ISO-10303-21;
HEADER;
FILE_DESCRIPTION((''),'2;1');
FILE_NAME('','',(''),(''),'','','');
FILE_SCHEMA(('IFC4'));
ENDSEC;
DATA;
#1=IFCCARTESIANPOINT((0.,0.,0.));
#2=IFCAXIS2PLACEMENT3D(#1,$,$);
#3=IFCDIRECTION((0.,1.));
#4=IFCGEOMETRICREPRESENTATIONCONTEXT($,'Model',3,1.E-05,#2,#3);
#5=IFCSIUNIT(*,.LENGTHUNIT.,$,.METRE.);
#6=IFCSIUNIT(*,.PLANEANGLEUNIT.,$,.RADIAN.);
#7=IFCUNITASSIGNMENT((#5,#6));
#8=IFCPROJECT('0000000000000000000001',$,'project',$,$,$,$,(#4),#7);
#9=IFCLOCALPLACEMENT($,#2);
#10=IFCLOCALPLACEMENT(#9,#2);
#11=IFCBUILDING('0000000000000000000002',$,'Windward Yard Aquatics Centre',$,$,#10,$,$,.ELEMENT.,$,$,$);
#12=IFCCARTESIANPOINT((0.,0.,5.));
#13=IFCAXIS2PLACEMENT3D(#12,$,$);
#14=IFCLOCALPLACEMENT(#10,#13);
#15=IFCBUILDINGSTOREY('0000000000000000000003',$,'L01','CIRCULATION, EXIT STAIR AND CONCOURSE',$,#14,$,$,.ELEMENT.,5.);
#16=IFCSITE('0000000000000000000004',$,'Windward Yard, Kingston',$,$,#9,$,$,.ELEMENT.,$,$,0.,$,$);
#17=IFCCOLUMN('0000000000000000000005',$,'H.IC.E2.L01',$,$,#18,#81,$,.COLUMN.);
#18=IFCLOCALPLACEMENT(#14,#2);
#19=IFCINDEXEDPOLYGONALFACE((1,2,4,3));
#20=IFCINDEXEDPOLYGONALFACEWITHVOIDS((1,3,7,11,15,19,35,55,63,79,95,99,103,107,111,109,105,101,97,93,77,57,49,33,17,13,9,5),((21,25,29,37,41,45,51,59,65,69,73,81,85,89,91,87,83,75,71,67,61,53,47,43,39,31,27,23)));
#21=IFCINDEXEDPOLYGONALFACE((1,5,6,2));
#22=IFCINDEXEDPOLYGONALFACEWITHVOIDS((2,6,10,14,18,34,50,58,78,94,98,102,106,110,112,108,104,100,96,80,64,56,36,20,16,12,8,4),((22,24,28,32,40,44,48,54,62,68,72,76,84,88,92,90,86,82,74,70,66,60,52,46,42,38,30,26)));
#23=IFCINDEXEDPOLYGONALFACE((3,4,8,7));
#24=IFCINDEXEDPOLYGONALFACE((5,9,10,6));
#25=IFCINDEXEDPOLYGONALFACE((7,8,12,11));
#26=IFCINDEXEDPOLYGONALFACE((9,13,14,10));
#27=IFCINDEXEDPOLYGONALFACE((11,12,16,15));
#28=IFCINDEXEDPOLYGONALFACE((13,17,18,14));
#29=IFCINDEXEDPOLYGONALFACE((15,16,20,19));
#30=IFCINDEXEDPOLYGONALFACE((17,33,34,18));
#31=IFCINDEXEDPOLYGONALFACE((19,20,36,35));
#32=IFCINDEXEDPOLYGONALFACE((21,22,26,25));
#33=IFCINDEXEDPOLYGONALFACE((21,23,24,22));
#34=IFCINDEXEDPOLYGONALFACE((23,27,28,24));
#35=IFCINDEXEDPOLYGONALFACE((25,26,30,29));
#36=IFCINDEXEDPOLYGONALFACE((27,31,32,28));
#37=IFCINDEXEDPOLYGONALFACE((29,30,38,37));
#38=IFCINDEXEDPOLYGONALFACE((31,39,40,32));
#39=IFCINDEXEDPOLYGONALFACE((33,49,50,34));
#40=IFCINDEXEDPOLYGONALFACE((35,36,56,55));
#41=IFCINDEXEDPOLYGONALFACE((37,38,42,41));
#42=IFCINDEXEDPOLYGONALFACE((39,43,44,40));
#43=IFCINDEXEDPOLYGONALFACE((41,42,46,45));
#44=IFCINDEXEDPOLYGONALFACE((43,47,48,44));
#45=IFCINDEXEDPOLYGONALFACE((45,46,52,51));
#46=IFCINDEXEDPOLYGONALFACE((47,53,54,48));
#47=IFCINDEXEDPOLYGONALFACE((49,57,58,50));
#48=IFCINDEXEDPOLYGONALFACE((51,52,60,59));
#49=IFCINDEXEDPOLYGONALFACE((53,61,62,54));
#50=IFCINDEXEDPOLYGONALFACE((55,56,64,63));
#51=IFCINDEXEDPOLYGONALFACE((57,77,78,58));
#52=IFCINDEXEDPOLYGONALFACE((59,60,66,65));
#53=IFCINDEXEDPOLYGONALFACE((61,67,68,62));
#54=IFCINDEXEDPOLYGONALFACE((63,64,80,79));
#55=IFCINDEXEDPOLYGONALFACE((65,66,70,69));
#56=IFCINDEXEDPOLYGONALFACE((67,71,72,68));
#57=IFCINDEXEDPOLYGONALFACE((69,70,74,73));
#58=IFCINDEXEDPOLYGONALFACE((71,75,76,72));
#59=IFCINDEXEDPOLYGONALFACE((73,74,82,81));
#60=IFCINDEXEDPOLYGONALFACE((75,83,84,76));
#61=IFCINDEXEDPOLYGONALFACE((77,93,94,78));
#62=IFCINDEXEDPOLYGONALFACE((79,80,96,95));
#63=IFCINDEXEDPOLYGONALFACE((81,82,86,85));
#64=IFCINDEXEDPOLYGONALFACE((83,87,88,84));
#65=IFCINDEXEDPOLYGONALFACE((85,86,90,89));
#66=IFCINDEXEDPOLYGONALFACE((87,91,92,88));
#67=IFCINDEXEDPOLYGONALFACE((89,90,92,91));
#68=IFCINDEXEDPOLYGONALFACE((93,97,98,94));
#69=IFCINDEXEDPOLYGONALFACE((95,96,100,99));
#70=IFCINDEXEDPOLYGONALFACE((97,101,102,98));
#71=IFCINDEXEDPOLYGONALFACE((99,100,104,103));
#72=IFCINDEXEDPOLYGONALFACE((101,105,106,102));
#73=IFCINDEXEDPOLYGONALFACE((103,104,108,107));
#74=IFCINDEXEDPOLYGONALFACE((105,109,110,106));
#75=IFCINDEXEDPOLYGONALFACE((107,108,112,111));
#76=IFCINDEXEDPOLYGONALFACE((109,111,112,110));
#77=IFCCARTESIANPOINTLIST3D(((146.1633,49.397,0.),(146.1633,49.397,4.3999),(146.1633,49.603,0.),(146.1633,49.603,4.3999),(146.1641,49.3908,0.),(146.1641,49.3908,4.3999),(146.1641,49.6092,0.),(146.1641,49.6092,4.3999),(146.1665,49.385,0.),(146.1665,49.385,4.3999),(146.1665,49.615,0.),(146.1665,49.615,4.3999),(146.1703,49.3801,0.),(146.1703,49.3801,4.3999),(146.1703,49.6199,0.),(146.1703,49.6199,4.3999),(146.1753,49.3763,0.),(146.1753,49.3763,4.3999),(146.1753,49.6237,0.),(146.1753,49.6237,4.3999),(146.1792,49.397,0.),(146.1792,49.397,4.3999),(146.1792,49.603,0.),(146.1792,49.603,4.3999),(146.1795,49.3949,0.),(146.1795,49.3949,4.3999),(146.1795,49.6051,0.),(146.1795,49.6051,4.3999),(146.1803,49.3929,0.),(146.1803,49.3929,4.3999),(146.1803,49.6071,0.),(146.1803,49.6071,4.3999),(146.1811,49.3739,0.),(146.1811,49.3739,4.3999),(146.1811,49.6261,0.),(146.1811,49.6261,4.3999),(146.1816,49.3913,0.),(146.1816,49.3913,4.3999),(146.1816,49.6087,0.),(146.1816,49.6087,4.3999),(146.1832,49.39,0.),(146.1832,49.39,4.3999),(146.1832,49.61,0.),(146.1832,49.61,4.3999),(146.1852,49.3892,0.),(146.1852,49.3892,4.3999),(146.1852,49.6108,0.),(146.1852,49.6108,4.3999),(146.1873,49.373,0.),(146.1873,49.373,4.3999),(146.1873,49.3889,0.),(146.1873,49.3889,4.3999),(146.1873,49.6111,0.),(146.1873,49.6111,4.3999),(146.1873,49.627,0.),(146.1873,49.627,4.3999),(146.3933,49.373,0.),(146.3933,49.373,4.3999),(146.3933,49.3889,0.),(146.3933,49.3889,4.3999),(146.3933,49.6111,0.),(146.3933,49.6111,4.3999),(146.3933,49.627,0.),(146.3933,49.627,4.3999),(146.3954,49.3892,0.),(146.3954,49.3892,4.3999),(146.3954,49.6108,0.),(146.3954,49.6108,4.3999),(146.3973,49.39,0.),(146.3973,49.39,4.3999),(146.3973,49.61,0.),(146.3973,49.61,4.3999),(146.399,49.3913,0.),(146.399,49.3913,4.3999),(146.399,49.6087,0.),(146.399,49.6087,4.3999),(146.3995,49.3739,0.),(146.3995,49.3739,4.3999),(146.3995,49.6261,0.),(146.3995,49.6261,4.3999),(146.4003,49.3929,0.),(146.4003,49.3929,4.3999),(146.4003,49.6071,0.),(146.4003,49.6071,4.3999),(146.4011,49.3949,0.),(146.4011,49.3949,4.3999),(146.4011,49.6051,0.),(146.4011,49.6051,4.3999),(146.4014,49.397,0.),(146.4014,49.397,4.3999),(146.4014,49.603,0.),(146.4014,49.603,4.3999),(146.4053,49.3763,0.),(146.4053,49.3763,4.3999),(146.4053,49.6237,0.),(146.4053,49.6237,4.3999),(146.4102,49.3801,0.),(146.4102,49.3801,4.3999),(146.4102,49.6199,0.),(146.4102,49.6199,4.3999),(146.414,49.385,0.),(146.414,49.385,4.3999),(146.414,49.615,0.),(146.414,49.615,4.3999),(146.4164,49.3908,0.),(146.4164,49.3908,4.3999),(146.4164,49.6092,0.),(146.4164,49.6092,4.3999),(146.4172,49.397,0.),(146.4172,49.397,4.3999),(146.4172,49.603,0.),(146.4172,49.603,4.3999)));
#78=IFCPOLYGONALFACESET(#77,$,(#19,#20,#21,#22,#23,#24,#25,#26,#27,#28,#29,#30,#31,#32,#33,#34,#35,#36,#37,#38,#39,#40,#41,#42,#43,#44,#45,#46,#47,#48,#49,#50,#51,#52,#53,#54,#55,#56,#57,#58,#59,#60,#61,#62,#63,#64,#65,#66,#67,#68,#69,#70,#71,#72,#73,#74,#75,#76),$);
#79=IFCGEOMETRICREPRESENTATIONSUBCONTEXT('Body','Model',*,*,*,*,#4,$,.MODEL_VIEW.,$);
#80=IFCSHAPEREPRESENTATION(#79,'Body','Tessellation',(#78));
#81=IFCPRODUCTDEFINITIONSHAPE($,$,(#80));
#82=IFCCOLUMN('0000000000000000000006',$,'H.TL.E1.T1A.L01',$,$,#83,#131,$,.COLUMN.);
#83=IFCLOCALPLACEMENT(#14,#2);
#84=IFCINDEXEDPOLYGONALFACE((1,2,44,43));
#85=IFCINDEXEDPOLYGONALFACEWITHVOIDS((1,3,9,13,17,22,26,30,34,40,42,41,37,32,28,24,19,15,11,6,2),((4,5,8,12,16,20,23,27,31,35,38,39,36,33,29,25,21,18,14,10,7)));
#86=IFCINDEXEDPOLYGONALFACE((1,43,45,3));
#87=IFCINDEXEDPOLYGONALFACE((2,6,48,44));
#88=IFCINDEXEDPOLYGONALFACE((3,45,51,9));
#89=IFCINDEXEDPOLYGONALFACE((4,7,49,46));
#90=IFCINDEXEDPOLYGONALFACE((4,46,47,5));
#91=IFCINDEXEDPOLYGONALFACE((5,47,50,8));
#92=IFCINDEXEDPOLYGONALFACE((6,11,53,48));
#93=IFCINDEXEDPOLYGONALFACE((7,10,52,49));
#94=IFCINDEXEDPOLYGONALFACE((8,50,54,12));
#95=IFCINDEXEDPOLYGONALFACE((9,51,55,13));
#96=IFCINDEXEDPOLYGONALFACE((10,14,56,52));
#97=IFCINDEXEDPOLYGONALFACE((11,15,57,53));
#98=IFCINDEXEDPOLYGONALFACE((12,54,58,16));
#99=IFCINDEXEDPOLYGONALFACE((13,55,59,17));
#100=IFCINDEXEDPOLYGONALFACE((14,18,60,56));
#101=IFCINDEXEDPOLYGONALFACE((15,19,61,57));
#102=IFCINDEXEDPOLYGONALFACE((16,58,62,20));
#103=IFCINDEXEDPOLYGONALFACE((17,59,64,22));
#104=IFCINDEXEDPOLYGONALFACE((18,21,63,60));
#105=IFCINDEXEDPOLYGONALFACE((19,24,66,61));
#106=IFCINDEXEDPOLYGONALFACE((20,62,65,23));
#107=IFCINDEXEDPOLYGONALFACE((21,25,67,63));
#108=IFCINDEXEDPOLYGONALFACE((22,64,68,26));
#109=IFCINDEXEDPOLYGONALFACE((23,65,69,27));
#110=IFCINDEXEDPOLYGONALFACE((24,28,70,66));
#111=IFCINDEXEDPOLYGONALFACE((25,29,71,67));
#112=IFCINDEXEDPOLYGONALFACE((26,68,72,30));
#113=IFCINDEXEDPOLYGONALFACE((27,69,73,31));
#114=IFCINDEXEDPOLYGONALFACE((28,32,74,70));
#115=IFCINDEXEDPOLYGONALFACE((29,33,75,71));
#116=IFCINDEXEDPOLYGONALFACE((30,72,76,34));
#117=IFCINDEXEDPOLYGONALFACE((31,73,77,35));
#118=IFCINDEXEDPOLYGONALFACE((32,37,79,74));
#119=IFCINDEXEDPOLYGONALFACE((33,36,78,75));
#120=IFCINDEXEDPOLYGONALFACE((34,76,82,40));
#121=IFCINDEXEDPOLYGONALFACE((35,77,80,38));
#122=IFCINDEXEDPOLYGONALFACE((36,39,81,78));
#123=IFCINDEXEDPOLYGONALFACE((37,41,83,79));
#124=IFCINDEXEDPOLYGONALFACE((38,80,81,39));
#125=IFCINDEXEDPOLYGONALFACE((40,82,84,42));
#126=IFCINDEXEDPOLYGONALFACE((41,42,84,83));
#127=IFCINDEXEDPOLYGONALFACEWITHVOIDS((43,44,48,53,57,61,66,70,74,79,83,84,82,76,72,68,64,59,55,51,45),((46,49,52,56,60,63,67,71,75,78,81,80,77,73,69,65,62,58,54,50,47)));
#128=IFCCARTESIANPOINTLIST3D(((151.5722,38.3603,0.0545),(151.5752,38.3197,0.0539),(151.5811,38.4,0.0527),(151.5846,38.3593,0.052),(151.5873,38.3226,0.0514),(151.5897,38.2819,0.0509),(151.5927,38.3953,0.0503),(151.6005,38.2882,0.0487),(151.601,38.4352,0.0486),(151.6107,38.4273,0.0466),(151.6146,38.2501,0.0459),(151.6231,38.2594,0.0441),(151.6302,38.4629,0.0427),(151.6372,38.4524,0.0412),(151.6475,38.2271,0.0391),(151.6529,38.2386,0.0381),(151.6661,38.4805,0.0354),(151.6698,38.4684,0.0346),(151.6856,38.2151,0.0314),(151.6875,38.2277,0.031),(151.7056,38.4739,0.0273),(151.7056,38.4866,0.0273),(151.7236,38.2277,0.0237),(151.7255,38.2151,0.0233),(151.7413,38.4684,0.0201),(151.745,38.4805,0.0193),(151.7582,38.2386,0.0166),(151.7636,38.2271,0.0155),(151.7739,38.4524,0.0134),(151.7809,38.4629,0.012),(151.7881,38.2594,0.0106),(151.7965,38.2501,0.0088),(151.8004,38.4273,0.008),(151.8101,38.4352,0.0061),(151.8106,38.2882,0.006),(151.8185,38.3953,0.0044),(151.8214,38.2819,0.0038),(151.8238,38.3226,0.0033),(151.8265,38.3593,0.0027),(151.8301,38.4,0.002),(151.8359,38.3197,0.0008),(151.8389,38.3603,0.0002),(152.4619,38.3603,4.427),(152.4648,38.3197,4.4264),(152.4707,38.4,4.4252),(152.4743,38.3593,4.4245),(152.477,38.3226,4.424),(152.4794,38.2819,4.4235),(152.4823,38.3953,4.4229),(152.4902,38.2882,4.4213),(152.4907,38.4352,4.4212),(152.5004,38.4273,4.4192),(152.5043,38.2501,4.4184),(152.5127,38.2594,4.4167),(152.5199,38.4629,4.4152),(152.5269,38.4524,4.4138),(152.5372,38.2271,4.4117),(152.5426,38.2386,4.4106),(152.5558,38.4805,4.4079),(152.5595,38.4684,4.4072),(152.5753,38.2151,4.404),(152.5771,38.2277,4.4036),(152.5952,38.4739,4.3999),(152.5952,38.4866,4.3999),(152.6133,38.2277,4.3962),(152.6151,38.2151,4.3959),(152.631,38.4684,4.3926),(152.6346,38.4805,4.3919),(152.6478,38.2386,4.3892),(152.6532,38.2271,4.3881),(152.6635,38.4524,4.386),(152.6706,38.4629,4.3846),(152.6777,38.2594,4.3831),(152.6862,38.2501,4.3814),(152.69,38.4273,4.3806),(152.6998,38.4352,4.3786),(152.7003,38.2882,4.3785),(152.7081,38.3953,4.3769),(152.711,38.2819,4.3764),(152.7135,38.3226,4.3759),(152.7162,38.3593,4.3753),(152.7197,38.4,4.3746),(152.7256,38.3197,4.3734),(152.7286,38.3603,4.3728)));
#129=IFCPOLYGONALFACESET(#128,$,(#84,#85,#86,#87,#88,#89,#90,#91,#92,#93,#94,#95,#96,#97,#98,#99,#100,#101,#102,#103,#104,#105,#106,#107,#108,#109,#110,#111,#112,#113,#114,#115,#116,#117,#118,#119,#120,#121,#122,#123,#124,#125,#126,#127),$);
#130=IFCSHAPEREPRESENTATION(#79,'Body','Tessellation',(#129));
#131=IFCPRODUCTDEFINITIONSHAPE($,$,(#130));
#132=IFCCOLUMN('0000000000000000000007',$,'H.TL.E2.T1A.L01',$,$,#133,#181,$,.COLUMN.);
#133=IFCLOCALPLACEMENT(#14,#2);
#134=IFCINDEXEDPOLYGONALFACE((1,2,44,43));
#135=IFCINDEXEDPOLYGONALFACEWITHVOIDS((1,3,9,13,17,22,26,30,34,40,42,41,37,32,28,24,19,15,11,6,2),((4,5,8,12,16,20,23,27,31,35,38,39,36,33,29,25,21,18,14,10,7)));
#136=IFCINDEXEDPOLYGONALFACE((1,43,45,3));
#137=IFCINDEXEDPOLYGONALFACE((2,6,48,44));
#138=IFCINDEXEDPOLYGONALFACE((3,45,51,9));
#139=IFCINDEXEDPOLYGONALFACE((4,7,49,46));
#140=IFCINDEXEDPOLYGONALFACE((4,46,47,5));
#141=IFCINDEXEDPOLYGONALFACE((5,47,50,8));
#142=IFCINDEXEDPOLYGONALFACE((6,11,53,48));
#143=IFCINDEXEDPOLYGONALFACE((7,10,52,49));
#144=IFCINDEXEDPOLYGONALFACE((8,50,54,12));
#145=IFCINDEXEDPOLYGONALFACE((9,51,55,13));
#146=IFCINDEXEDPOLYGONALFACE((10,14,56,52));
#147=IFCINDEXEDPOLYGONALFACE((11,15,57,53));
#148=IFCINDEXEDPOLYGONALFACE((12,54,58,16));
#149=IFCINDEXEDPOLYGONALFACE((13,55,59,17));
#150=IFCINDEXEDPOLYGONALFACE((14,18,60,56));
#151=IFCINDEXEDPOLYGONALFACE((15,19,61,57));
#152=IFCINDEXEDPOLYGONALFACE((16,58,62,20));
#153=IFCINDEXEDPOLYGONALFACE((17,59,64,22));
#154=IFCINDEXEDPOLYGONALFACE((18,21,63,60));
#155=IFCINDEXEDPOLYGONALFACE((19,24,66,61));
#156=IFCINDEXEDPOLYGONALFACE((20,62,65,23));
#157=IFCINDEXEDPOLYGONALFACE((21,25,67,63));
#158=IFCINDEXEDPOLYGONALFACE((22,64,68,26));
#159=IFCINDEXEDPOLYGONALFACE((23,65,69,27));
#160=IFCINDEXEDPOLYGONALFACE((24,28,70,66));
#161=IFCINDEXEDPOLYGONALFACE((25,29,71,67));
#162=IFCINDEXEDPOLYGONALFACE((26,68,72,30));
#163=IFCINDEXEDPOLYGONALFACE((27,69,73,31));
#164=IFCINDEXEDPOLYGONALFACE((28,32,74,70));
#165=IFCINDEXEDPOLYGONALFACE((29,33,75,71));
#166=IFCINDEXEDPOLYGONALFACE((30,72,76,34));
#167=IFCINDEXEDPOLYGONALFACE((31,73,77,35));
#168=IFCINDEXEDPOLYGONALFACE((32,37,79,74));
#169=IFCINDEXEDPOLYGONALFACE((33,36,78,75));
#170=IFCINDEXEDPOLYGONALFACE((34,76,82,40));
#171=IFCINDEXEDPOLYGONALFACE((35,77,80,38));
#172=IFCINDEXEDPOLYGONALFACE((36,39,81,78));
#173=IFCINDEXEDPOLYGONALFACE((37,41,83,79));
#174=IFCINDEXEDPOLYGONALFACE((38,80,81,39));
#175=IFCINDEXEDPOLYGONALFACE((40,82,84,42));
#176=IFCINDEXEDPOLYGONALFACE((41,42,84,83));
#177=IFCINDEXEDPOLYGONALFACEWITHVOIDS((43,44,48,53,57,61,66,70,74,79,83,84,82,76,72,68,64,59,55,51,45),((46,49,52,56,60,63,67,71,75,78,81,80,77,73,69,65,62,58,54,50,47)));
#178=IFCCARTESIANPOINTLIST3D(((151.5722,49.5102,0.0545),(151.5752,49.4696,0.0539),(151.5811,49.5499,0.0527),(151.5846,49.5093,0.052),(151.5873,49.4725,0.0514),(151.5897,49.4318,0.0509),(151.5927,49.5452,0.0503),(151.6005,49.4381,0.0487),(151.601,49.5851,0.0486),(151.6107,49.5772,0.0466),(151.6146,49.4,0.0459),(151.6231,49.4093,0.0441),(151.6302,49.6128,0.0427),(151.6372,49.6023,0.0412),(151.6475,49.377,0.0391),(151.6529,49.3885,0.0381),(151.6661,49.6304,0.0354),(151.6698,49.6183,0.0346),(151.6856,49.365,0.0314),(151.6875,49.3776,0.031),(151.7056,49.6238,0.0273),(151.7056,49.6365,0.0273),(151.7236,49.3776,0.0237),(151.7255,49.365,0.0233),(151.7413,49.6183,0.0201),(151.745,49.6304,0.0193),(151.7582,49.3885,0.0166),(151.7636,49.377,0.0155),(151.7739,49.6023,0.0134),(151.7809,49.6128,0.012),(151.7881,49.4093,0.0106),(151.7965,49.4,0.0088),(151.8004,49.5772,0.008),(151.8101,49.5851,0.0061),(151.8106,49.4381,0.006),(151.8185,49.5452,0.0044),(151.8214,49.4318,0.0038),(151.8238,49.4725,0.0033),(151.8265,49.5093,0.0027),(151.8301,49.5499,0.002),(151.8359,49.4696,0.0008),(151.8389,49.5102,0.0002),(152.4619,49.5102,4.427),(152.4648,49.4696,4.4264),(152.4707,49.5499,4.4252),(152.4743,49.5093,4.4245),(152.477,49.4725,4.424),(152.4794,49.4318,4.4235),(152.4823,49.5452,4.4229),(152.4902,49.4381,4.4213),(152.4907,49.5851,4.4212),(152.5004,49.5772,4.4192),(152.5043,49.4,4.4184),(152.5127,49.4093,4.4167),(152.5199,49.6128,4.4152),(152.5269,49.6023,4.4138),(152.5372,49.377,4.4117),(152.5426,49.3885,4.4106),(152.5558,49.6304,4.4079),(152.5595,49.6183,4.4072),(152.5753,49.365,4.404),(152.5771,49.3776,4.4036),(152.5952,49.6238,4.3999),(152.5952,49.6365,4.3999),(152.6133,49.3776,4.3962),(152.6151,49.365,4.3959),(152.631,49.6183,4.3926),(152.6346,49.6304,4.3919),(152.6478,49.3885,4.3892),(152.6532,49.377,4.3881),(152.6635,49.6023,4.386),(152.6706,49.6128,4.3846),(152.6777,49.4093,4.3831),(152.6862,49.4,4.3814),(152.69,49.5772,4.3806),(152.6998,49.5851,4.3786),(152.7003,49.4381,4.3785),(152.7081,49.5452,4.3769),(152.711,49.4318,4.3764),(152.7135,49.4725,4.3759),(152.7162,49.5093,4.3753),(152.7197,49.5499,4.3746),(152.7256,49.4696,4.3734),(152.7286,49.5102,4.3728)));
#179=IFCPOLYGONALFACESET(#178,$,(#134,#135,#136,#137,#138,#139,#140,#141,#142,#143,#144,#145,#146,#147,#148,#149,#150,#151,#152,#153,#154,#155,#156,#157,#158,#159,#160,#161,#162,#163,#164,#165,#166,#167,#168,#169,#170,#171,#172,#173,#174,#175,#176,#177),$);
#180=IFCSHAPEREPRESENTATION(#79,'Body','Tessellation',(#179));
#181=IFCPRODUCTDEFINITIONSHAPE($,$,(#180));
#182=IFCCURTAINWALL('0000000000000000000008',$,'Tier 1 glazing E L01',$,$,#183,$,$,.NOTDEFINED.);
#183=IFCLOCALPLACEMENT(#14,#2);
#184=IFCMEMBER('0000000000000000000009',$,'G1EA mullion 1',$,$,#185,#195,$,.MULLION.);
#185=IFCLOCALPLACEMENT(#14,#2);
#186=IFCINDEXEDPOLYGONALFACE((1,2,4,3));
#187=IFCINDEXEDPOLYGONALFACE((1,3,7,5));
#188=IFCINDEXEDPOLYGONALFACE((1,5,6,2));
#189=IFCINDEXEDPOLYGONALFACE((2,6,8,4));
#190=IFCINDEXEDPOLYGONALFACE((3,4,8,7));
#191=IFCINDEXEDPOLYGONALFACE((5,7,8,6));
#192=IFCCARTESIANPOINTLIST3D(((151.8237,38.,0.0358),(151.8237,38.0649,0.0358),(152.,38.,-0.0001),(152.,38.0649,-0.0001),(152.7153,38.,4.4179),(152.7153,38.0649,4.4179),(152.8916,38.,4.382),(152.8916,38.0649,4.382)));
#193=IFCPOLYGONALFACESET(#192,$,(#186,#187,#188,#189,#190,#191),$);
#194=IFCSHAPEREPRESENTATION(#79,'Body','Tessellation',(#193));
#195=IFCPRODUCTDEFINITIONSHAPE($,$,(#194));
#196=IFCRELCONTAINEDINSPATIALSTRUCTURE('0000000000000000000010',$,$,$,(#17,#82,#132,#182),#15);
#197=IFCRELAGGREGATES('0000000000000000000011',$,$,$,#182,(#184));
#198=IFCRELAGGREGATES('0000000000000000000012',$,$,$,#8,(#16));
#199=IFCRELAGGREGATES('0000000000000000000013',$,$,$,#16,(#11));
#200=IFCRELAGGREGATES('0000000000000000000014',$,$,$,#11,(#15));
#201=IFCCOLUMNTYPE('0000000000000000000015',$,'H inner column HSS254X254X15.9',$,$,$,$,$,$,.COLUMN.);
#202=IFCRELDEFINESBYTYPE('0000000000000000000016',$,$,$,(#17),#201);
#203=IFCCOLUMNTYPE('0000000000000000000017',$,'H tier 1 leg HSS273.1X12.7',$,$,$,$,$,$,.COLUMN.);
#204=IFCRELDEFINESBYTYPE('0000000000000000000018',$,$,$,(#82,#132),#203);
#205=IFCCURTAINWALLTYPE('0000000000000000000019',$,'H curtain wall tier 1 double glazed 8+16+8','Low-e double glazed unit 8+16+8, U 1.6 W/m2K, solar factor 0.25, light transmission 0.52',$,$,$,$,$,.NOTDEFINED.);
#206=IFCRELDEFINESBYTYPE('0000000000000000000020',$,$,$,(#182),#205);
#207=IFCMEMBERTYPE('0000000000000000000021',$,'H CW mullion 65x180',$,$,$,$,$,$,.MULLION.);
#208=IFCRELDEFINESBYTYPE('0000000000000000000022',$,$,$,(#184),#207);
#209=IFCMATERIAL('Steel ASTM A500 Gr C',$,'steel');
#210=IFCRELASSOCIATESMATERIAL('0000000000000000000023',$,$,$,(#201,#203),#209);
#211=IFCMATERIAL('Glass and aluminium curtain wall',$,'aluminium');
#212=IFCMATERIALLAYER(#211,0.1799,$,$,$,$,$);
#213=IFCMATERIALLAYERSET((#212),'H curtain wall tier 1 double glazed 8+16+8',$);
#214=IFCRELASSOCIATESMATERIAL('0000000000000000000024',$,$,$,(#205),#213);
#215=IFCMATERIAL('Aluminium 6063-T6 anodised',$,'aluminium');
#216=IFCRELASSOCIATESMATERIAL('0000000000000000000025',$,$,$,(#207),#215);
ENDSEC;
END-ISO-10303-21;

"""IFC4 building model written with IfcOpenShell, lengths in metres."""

from ifc_helpers import new_model, si_unit, direction, frame, origin, origin_2d, place, context, subcontext, project, spatial, rectangle, hollow_rectangle, hollow_circle, extrude, material, layer, layer_set, material_profile, profile_set, type_object, element, aggregate, save


model = new_model("IFC4")

# Units and contexts
model_context = context("Model", 3, precision=1e-05, world=origin(), true_north=direction((0.0, 1.0)))
body_context = subcontext(model_context, "Body", "Model", "MODEL_VIEW")
ifc_project = project(units=[si_unit("LENGTHUNIT", "METRE"), si_unit("PLANEANGLEUNIT", "RADIAN")], contexts=[model_context])

# Site, building, storey
site_placement = place(None, origin())
site = spatial("IfcSite", under=ifc_project, at=site_placement, Name="Windward Yard, Kingston", CompositionType="ELEMENT", RefElevation=0.0)
building_placement = place(site_placement, origin())
building = spatial("IfcBuilding", under=site, at=building_placement, Name="Windward Yard Aquatics Centre", CompositionType="ELEMENT")
storey_placement = place(building_placement, frame((0.0, 0.0, 5.0)))
storey = spatial("IfcBuildingStorey", under=building, at=storey_placement, Name="L01", Description="CIRCULATION, EXIT STAIR AND CONCOURSE", CompositionType="ELEMENT", Elevation=5.0)

# Columns
ifc_material_1 = material(Name="Steel ASTM A500 Gr C", Category="steel")
ifc_material_profile_1 = material_profile(ifc_material_1, hollow_rectangle(XDim=0.2539, YDim=0.2539, WallThickness=0.0159, InnerFilletRadius=0.0081, OuterFilletRadius=0.0239, at=origin_2d()), Name="HSS254X254X15.9")
ifc_profile_set_1 = profile_set([ifc_material_profile_1], Name="Steel ASTM A500 Gr C")
column_type_1 = type_object("IfcColumnType", Name="H inner column HSS254X254X15.9", PredefinedType="COLUMN", material=ifc_profile_set_1)
column_placement = place(storey_placement, frame((146.2903, 49.5, 0.0), z_axis=(0.0, 0.0, 1.0), x_axis=(1.0, 0.0, 0.0)))
element("IfcColumn", 1, at=column_placement, inside=storey, type_object=column_type_1, Name="H.IC.E2.L01", PredefinedType="COLUMN", context=body_context, shape_type="SweptSolid", body=[
    extrude(hollow_rectangle(XDim=0.2539, YDim=0.2539, WallThickness=0.0159, InnerFilletRadius=0.0081, OuterFilletRadius=0.0239, at=origin_2d()), origin(), (0.0, 0.0, 1.0), 4.3999),
])
ifc_material_profile_2 = material_profile(ifc_material_1, hollow_circle(Radius=0.1365, WallThickness=0.0127, at=origin_2d()), Name="HSS273.1X12.7")
ifc_profile_set_2 = profile_set([ifc_material_profile_2], Name="Steel ASTM A500 Gr C")
column_type_2 = type_object("IfcColumnType", Name="H tier 1 leg HSS273.1X12.7", PredefinedType="COLUMN", material=ifc_profile_set_2)
for number, where, z_axis, x_axis, name in (
    (2, (151.7056, 38.3501, 0.0273), (0.199377, 0.0, 0.979923), (0.0, 1.0, 0.0), "H.TL.E1.T1A.L01"),
    (3, (151.7056, 49.5, 0.0273), (0.199377, 0.0, 0.979923), (0.0, 1.0, 0.0), "H.TL.E2.T1A.L01"),
):
    element("IfcColumn", number, at=place(storey_placement, frame(where, z_axis=z_axis, x_axis=x_axis)), inside=storey, type_object=column_type_2, Name=name, PredefinedType="COLUMN", context=body_context, shape_type="SweptSolid", body=[
        extrude(hollow_circle(Radius=0.1365, WallThickness=0.0127, at=origin_2d()), origin(), (0.0, 0.0, 1.0), 4.4622),
    ])

# Curtain wall, member
ifc_material_2 = material(Name="Glass and aluminium curtain wall", Category="aluminium")
ifc_layer_1 = layer(ifc_material_2, 0.1799)
ifc_layer_set_1 = layer_set([ifc_layer_1], Name="H curtain wall tier 1 double glazed 8+16+8")
curtain_wall_type = type_object("IfcCurtainWallType", Name="H curtain wall tier 1 double glazed 8+16+8", Description="Low-e double glazed unit 8+16+8, U 1.6 W/m2K, solar factor 0.25, light transmission 0.52", PredefinedType="NOTDEFINED", material=ifc_layer_set_1)
curtain_wall_placement = place(storey_placement, origin())
curtain_wall = element("IfcCurtainWall", 4, at=curtain_wall_placement, inside=storey, type_object=curtain_wall_type, Name="Tier 1 glazing E L01", PredefinedType="NOTDEFINED")
ifc_material_3 = material(Name="Aluminium 6063-T6 anodised", Category="aluminium")
ifc_material_profile_3 = material_profile(ifc_material_3, rectangle(XDim=0.0649, YDim=0.1799, at=origin_2d()), Name="H CW mullion 65x180")
ifc_profile_set_3 = profile_set([ifc_material_profile_3], Name="Aluminium 6063-T6 anodised")
member_type = type_object("IfcMemberType", Name="H CW mullion 65x180", PredefinedType="MULLION", material=ifc_profile_set_3)
member_1_placement = place(storey_placement, frame((151.9119, 38.0325, 0.0178), z_axis=(0.19938, 0.0, 0.979922), x_axis=(0.0, 1.0, 0.0)))
member_1 = element("IfcMember", 5, at=member_1_placement, type_object=member_type, Name="G1EA mullion 1", PredefinedType="MULLION", context=body_context, shape_type="SweptSolid", body=[
    extrude(rectangle(XDim=0.0649, YDim=0.1799, at=origin_2d()), origin(), (0.0, 0.0, 1.0), 4.4719),
])
aggregate(curtain_wall, [member_1])

save(model, "model.ifc")
